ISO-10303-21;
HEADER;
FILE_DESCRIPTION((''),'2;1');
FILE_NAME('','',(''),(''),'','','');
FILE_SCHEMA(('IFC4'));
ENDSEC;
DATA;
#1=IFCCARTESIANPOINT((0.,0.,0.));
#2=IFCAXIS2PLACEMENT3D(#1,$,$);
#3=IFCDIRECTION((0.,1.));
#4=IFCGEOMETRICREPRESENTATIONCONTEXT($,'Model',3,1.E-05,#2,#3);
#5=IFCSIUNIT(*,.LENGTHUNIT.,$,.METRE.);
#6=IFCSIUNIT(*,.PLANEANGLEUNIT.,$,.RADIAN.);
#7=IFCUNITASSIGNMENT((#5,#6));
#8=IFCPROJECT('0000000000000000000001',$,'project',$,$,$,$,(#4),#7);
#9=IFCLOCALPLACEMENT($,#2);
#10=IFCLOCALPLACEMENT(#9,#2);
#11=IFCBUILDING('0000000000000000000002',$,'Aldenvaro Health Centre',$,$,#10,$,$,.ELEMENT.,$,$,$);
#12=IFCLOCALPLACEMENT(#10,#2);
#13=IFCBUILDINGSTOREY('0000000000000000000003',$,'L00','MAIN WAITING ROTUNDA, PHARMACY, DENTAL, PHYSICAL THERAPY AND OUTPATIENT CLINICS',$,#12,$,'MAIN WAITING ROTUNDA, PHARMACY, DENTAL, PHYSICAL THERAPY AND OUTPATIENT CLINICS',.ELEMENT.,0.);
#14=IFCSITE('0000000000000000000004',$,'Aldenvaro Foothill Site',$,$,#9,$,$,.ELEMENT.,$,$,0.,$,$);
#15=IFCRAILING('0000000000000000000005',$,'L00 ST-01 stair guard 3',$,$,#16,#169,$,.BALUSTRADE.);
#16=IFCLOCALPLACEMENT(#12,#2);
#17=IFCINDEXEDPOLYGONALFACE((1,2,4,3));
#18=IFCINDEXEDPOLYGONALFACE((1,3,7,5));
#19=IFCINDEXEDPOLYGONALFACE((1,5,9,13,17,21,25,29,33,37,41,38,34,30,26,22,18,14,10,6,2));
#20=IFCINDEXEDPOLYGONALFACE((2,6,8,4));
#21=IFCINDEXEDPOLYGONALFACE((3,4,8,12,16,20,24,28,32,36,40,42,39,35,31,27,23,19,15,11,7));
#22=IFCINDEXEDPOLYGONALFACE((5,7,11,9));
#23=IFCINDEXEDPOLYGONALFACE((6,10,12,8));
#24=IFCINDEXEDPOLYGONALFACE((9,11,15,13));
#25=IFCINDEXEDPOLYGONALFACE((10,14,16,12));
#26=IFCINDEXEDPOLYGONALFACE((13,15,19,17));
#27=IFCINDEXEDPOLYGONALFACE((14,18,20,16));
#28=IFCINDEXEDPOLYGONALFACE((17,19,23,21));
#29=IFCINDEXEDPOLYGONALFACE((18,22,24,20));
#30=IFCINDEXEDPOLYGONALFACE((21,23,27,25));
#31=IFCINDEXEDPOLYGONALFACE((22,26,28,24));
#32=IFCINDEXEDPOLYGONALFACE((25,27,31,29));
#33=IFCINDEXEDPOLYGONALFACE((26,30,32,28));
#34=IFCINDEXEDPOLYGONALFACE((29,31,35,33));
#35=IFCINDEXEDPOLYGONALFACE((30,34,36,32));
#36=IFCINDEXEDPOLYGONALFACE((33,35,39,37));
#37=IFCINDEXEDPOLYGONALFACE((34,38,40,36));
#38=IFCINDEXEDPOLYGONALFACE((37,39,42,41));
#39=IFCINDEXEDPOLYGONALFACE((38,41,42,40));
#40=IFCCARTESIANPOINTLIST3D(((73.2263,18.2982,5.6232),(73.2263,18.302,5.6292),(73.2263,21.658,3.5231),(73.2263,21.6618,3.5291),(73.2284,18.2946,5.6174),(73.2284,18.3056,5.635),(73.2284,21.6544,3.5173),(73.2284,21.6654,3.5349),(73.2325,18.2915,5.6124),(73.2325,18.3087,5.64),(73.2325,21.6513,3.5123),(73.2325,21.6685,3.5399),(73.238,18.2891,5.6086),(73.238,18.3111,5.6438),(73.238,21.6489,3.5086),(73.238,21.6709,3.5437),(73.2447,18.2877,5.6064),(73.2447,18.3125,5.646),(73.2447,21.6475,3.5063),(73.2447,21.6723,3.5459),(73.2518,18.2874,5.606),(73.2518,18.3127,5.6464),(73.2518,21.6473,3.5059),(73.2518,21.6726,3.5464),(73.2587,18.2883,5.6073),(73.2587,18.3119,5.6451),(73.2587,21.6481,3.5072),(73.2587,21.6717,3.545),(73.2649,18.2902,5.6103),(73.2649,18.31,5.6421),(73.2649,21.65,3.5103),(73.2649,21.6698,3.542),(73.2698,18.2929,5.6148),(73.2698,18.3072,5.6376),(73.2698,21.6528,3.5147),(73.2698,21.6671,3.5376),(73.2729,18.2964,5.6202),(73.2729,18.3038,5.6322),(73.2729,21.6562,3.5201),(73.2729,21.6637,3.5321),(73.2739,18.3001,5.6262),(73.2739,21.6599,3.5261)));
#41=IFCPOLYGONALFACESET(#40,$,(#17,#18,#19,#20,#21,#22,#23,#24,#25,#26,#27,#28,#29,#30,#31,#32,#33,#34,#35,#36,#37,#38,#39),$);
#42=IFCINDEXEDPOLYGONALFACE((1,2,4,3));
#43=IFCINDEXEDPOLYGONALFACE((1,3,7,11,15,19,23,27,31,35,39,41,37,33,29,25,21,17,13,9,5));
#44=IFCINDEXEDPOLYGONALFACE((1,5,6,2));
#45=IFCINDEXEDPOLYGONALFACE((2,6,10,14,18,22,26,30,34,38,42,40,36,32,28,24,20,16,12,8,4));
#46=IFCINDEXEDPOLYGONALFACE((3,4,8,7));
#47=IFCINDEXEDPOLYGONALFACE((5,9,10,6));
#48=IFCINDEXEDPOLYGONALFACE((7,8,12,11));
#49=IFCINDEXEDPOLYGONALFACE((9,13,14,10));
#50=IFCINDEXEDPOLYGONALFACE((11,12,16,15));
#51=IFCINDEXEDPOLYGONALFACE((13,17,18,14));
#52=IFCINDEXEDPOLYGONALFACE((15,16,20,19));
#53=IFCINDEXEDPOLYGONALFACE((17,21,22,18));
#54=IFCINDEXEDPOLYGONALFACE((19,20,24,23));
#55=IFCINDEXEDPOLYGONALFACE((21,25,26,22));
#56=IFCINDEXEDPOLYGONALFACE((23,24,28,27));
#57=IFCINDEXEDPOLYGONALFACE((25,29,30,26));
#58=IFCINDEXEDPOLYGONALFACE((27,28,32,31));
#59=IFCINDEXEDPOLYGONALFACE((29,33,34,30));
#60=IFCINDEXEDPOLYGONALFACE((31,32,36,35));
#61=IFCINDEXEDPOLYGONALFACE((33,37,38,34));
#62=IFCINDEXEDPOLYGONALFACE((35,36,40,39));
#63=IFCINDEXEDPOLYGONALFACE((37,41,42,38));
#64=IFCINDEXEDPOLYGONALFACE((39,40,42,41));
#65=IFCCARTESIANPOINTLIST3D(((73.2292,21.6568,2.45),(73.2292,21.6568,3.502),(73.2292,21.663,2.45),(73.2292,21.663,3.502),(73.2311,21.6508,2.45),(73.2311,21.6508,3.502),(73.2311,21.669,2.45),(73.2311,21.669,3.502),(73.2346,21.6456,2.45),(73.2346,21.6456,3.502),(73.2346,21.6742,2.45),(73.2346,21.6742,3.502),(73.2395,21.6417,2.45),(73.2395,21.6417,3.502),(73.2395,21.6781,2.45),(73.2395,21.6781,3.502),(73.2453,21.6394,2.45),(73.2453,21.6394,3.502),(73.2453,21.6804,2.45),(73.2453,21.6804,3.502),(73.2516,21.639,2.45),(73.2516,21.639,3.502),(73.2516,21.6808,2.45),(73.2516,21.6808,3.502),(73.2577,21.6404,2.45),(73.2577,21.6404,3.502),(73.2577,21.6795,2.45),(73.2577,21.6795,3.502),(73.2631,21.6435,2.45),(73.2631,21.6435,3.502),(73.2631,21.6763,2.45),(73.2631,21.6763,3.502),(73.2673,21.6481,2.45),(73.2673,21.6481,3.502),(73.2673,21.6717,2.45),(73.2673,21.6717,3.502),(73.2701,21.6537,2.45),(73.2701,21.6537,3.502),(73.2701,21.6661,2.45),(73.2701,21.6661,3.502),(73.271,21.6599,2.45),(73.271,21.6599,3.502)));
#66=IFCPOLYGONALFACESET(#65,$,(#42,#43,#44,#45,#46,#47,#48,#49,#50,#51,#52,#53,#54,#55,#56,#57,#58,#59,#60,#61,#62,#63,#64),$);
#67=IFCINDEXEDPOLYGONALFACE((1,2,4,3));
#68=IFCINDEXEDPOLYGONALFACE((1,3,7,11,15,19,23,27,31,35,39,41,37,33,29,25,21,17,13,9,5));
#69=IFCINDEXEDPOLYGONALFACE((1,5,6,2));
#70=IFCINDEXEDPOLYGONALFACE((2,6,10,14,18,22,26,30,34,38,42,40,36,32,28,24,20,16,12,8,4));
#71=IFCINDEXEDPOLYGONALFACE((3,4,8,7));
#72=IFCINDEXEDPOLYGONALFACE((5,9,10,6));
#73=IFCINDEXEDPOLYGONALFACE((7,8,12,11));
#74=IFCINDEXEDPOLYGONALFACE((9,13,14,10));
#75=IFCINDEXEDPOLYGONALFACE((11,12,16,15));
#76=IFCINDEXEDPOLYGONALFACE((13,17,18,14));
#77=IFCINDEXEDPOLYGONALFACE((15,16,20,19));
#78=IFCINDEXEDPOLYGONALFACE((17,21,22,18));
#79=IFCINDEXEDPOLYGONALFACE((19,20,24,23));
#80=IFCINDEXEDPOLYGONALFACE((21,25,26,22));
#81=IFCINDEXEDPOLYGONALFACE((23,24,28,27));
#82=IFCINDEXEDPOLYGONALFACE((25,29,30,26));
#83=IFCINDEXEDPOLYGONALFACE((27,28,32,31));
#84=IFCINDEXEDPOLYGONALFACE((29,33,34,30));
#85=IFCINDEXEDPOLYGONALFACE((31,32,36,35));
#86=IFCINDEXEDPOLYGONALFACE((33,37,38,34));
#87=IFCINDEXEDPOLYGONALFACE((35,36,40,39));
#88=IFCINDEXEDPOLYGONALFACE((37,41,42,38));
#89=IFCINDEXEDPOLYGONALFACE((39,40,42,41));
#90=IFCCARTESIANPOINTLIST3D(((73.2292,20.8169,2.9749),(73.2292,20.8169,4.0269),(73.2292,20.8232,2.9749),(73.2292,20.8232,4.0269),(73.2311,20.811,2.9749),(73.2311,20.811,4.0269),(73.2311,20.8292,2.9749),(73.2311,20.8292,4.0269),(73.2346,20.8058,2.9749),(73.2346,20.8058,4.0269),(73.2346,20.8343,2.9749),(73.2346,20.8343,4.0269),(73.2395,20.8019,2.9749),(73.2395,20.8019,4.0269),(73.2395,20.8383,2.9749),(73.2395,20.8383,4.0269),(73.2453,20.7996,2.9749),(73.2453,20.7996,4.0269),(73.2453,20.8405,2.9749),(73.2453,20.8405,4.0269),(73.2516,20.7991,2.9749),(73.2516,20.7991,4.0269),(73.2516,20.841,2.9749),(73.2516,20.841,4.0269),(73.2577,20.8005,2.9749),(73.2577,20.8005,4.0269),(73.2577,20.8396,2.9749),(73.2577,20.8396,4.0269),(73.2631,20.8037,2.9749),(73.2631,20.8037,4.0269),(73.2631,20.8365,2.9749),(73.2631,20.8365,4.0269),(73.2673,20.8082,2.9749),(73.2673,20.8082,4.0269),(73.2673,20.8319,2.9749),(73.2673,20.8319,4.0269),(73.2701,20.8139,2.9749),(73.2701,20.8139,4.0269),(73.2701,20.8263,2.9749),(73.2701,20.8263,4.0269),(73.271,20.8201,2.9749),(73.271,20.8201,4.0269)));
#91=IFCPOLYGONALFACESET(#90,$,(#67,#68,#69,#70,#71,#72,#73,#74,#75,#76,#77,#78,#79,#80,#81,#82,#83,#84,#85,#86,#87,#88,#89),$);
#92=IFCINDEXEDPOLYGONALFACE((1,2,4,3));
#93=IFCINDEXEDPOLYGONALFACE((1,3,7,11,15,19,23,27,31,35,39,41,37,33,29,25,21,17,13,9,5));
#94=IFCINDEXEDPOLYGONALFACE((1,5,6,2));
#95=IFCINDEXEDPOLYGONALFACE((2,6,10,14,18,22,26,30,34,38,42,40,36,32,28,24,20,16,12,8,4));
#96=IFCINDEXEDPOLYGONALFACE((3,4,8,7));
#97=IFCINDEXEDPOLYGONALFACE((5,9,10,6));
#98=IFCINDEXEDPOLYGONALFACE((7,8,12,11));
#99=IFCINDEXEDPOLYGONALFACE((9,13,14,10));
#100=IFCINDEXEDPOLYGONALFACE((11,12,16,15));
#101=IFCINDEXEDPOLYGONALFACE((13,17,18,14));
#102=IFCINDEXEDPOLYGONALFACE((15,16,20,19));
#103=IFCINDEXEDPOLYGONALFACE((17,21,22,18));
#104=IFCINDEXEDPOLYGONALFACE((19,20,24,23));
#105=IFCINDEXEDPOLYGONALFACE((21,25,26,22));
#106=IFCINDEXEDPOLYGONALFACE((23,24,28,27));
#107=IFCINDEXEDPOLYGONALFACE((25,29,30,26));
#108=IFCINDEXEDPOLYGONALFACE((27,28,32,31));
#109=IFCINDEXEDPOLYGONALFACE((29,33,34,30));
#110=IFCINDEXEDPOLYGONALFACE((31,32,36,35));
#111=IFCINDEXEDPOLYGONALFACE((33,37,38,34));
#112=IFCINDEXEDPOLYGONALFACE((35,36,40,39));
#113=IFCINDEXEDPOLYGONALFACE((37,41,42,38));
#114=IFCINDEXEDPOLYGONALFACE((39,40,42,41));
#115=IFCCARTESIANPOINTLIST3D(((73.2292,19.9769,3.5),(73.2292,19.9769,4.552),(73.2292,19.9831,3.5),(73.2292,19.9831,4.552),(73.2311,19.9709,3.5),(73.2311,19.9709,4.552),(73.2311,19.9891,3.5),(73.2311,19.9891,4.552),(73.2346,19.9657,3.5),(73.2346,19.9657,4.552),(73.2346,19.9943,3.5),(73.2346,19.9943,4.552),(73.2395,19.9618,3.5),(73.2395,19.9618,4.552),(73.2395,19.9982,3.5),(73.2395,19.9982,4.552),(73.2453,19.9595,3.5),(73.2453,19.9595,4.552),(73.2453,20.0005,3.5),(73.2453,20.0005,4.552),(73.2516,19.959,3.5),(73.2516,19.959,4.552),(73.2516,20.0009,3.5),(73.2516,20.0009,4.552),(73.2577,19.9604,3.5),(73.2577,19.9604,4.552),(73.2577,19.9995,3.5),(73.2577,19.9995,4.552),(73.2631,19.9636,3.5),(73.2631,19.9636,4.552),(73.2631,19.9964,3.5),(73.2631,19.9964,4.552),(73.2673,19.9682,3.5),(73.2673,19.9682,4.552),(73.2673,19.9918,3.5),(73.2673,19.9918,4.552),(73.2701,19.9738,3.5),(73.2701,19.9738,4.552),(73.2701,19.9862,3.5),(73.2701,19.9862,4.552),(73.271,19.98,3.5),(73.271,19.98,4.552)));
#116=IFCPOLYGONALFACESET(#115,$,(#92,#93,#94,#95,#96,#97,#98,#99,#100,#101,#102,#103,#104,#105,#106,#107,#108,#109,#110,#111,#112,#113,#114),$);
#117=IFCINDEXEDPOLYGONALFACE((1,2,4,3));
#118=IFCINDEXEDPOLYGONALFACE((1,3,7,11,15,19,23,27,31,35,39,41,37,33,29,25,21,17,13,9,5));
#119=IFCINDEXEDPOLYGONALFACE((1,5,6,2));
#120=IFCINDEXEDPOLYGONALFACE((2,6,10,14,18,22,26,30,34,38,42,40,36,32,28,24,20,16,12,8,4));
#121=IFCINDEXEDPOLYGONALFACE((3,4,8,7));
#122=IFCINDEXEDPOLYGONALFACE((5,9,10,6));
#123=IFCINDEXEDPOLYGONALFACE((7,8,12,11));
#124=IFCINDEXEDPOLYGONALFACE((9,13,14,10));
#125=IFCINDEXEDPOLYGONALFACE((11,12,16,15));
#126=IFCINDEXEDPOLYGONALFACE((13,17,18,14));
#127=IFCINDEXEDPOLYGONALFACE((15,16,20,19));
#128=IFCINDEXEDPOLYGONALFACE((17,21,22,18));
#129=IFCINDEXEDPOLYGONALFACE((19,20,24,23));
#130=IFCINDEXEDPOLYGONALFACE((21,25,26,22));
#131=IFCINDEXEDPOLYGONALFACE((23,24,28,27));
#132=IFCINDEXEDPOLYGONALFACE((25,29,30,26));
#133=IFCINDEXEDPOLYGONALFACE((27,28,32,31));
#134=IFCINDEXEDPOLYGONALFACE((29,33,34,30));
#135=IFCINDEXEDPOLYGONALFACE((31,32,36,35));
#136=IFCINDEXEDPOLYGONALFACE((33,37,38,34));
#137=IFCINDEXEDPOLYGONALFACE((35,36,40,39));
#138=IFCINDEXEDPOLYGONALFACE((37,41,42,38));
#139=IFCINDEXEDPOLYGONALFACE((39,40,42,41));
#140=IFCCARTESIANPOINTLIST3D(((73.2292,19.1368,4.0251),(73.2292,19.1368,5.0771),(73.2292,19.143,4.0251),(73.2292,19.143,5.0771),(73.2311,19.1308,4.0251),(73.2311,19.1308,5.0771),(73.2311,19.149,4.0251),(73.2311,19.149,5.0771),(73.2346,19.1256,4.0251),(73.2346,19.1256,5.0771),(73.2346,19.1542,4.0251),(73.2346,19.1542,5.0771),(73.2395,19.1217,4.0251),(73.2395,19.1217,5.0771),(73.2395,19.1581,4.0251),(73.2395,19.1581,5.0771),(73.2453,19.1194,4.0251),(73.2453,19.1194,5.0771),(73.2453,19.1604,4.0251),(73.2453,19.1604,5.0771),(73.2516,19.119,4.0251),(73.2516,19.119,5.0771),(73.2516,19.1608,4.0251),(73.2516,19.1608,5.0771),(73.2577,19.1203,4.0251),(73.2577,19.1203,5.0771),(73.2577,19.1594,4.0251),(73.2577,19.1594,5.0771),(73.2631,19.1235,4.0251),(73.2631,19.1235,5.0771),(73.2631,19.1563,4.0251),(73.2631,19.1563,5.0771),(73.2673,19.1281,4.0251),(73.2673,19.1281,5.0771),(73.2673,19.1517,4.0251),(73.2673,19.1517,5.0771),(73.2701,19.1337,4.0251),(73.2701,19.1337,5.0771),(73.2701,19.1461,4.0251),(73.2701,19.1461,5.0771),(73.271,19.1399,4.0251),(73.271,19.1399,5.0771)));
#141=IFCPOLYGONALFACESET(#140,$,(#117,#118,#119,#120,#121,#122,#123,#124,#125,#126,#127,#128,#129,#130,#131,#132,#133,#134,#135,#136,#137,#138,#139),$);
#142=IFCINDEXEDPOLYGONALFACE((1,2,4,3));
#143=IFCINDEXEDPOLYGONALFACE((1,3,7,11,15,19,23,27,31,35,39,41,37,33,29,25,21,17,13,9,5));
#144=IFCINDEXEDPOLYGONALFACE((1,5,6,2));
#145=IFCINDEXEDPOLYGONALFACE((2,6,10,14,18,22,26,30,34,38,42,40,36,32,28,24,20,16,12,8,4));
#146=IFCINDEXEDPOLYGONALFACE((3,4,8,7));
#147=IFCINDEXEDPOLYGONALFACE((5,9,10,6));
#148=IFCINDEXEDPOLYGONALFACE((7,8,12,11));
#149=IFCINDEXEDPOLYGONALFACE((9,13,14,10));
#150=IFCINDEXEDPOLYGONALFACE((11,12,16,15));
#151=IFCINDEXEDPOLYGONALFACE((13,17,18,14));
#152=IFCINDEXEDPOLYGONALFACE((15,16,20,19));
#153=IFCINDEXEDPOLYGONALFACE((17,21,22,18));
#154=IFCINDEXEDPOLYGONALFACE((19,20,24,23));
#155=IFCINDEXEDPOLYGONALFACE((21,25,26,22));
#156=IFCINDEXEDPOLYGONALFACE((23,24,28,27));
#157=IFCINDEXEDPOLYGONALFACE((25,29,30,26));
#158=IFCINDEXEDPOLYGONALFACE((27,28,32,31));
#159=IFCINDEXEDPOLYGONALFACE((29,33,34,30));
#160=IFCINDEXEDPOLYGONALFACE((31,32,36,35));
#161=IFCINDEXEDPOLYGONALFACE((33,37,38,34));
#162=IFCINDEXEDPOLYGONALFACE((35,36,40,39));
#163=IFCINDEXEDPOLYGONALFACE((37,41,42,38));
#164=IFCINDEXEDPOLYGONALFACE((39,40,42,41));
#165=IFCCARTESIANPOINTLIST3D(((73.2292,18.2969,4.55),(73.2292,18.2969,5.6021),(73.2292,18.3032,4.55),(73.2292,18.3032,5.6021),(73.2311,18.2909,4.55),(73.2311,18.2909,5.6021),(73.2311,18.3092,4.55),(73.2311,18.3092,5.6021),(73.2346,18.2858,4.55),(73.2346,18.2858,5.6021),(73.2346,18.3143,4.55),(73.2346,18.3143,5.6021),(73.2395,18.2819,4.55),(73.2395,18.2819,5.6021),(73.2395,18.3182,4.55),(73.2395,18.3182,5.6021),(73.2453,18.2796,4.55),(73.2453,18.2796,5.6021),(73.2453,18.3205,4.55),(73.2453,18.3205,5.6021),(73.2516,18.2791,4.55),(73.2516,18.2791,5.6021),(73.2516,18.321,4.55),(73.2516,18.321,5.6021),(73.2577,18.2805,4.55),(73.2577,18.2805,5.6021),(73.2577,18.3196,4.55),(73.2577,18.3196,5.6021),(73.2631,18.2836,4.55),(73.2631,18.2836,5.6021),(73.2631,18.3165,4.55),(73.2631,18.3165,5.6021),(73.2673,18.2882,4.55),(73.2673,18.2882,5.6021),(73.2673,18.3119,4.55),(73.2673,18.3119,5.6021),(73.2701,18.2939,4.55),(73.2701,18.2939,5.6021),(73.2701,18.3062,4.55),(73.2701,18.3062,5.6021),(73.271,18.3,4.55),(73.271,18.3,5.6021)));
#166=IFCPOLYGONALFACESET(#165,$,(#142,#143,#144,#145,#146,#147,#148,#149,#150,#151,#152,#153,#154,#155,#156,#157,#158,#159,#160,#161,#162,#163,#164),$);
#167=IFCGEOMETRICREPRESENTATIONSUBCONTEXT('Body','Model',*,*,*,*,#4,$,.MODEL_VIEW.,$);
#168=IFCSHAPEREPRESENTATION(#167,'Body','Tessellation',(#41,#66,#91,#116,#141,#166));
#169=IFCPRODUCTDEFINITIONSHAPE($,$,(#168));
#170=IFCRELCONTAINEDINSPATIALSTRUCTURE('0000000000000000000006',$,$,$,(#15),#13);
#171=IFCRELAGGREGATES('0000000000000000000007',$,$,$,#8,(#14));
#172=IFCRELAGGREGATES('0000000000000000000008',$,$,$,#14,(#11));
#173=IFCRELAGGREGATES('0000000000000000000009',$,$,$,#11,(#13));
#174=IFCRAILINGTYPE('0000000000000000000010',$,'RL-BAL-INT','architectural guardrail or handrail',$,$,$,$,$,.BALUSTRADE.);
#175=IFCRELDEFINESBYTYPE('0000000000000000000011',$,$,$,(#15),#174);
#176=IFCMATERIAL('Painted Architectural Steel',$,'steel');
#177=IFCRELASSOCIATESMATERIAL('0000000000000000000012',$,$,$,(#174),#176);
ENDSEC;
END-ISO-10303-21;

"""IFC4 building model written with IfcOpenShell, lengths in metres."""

from ifc_helpers import new_model, si_unit, direction, frame, origin, origin_2d, place, context, subcontext, project, spatial, circle, extrude, material, type_object, element, save


model = new_model("IFC4")

# Units and contexts
model_context = context("Model", 3, precision=1e-05, world=origin(), true_north=direction((0.0, 1.0)))
body_context = subcontext(model_context, "Body", "Model", "MODEL_VIEW")
ifc_project = project(units=[si_unit("LENGTHUNIT", "METRE"), si_unit("PLANEANGLEUNIT", "RADIAN")], contexts=[model_context])

# Site, building, storey
site_placement = place(None, origin())
site = spatial("IfcSite", under=ifc_project, at=site_placement, Name="Aldenvaro Foothill Site", CompositionType="ELEMENT", RefElevation=0.0)
building_placement = place(site_placement, origin())
building = spatial("IfcBuilding", under=site, at=building_placement, Name="Aldenvaro Health Centre", CompositionType="ELEMENT")
storey_placement = place(building_placement, origin())
storey = spatial("IfcBuildingStorey", under=building, at=storey_placement, Name="L00", Description="MAIN WAITING ROTUNDA, PHARMACY, DENTAL, PHYSICAL THERAPY AND OUTPATIENT CLINICS", LongName="MAIN WAITING ROTUNDA, PHARMACY, DENTAL, PHYSICAL THERAPY AND OUTPATIENT CLINICS", CompositionType="ELEMENT", Elevation=0.0)

# Railing
ifc_material_1 = material(Name="Painted Architectural Steel", Category="steel")
railing_type_1 = type_object("IfcRailingType", Name="RL-BAL-INT", Description="architectural guardrail or handrail", PredefinedType="BALUSTRADE", material=ifc_material_1)
railing_1_placement = place(storey_placement, frame((73.25, 21.6599, 2.45)))
element("IfcRailing", 1, at=railing_1_placement, inside=storey, type_object=railing_type_1, Name="L00 ST-01 stair guard 3", PredefinedType="BALUSTRADE", context=body_context, shape_type="SweptSolid", body=[
    extrude(circle(Radius=0.0239, at=origin_2d()), frame((0.0, 0.0, 1.0762), z_axis=(0.0, -0.847978, 0.530032), x_axis=(1.0, 0.0, 0.0)), (0.0, 0.0, 1.0), 3.9622),
    extrude(circle(Radius=0.021, at=origin_2d()), origin(), (0.0, 0.0, 1.0), 1.052),
    extrude(circle(Radius=0.021, at=origin_2d()), frame((0.0, -0.8398, 0.5249)), (0.0, 0.0, 1.0), 1.052),
    extrude(circle(Radius=0.021, at=origin_2d()), frame((0.0, -1.6799, 1.05)), (0.0, 0.0, 1.0), 1.052),
    extrude(circle(Radius=0.021, at=origin_2d()), frame((0.0, -2.52, 1.5752)), (0.0, 0.0, 1.0), 1.052),
    extrude(circle(Radius=0.021, at=origin_2d()), frame((0.0, -3.3599, 2.1001)), (0.0, 0.0, 1.0), 1.052),
])

save(model, "model.ifc")
